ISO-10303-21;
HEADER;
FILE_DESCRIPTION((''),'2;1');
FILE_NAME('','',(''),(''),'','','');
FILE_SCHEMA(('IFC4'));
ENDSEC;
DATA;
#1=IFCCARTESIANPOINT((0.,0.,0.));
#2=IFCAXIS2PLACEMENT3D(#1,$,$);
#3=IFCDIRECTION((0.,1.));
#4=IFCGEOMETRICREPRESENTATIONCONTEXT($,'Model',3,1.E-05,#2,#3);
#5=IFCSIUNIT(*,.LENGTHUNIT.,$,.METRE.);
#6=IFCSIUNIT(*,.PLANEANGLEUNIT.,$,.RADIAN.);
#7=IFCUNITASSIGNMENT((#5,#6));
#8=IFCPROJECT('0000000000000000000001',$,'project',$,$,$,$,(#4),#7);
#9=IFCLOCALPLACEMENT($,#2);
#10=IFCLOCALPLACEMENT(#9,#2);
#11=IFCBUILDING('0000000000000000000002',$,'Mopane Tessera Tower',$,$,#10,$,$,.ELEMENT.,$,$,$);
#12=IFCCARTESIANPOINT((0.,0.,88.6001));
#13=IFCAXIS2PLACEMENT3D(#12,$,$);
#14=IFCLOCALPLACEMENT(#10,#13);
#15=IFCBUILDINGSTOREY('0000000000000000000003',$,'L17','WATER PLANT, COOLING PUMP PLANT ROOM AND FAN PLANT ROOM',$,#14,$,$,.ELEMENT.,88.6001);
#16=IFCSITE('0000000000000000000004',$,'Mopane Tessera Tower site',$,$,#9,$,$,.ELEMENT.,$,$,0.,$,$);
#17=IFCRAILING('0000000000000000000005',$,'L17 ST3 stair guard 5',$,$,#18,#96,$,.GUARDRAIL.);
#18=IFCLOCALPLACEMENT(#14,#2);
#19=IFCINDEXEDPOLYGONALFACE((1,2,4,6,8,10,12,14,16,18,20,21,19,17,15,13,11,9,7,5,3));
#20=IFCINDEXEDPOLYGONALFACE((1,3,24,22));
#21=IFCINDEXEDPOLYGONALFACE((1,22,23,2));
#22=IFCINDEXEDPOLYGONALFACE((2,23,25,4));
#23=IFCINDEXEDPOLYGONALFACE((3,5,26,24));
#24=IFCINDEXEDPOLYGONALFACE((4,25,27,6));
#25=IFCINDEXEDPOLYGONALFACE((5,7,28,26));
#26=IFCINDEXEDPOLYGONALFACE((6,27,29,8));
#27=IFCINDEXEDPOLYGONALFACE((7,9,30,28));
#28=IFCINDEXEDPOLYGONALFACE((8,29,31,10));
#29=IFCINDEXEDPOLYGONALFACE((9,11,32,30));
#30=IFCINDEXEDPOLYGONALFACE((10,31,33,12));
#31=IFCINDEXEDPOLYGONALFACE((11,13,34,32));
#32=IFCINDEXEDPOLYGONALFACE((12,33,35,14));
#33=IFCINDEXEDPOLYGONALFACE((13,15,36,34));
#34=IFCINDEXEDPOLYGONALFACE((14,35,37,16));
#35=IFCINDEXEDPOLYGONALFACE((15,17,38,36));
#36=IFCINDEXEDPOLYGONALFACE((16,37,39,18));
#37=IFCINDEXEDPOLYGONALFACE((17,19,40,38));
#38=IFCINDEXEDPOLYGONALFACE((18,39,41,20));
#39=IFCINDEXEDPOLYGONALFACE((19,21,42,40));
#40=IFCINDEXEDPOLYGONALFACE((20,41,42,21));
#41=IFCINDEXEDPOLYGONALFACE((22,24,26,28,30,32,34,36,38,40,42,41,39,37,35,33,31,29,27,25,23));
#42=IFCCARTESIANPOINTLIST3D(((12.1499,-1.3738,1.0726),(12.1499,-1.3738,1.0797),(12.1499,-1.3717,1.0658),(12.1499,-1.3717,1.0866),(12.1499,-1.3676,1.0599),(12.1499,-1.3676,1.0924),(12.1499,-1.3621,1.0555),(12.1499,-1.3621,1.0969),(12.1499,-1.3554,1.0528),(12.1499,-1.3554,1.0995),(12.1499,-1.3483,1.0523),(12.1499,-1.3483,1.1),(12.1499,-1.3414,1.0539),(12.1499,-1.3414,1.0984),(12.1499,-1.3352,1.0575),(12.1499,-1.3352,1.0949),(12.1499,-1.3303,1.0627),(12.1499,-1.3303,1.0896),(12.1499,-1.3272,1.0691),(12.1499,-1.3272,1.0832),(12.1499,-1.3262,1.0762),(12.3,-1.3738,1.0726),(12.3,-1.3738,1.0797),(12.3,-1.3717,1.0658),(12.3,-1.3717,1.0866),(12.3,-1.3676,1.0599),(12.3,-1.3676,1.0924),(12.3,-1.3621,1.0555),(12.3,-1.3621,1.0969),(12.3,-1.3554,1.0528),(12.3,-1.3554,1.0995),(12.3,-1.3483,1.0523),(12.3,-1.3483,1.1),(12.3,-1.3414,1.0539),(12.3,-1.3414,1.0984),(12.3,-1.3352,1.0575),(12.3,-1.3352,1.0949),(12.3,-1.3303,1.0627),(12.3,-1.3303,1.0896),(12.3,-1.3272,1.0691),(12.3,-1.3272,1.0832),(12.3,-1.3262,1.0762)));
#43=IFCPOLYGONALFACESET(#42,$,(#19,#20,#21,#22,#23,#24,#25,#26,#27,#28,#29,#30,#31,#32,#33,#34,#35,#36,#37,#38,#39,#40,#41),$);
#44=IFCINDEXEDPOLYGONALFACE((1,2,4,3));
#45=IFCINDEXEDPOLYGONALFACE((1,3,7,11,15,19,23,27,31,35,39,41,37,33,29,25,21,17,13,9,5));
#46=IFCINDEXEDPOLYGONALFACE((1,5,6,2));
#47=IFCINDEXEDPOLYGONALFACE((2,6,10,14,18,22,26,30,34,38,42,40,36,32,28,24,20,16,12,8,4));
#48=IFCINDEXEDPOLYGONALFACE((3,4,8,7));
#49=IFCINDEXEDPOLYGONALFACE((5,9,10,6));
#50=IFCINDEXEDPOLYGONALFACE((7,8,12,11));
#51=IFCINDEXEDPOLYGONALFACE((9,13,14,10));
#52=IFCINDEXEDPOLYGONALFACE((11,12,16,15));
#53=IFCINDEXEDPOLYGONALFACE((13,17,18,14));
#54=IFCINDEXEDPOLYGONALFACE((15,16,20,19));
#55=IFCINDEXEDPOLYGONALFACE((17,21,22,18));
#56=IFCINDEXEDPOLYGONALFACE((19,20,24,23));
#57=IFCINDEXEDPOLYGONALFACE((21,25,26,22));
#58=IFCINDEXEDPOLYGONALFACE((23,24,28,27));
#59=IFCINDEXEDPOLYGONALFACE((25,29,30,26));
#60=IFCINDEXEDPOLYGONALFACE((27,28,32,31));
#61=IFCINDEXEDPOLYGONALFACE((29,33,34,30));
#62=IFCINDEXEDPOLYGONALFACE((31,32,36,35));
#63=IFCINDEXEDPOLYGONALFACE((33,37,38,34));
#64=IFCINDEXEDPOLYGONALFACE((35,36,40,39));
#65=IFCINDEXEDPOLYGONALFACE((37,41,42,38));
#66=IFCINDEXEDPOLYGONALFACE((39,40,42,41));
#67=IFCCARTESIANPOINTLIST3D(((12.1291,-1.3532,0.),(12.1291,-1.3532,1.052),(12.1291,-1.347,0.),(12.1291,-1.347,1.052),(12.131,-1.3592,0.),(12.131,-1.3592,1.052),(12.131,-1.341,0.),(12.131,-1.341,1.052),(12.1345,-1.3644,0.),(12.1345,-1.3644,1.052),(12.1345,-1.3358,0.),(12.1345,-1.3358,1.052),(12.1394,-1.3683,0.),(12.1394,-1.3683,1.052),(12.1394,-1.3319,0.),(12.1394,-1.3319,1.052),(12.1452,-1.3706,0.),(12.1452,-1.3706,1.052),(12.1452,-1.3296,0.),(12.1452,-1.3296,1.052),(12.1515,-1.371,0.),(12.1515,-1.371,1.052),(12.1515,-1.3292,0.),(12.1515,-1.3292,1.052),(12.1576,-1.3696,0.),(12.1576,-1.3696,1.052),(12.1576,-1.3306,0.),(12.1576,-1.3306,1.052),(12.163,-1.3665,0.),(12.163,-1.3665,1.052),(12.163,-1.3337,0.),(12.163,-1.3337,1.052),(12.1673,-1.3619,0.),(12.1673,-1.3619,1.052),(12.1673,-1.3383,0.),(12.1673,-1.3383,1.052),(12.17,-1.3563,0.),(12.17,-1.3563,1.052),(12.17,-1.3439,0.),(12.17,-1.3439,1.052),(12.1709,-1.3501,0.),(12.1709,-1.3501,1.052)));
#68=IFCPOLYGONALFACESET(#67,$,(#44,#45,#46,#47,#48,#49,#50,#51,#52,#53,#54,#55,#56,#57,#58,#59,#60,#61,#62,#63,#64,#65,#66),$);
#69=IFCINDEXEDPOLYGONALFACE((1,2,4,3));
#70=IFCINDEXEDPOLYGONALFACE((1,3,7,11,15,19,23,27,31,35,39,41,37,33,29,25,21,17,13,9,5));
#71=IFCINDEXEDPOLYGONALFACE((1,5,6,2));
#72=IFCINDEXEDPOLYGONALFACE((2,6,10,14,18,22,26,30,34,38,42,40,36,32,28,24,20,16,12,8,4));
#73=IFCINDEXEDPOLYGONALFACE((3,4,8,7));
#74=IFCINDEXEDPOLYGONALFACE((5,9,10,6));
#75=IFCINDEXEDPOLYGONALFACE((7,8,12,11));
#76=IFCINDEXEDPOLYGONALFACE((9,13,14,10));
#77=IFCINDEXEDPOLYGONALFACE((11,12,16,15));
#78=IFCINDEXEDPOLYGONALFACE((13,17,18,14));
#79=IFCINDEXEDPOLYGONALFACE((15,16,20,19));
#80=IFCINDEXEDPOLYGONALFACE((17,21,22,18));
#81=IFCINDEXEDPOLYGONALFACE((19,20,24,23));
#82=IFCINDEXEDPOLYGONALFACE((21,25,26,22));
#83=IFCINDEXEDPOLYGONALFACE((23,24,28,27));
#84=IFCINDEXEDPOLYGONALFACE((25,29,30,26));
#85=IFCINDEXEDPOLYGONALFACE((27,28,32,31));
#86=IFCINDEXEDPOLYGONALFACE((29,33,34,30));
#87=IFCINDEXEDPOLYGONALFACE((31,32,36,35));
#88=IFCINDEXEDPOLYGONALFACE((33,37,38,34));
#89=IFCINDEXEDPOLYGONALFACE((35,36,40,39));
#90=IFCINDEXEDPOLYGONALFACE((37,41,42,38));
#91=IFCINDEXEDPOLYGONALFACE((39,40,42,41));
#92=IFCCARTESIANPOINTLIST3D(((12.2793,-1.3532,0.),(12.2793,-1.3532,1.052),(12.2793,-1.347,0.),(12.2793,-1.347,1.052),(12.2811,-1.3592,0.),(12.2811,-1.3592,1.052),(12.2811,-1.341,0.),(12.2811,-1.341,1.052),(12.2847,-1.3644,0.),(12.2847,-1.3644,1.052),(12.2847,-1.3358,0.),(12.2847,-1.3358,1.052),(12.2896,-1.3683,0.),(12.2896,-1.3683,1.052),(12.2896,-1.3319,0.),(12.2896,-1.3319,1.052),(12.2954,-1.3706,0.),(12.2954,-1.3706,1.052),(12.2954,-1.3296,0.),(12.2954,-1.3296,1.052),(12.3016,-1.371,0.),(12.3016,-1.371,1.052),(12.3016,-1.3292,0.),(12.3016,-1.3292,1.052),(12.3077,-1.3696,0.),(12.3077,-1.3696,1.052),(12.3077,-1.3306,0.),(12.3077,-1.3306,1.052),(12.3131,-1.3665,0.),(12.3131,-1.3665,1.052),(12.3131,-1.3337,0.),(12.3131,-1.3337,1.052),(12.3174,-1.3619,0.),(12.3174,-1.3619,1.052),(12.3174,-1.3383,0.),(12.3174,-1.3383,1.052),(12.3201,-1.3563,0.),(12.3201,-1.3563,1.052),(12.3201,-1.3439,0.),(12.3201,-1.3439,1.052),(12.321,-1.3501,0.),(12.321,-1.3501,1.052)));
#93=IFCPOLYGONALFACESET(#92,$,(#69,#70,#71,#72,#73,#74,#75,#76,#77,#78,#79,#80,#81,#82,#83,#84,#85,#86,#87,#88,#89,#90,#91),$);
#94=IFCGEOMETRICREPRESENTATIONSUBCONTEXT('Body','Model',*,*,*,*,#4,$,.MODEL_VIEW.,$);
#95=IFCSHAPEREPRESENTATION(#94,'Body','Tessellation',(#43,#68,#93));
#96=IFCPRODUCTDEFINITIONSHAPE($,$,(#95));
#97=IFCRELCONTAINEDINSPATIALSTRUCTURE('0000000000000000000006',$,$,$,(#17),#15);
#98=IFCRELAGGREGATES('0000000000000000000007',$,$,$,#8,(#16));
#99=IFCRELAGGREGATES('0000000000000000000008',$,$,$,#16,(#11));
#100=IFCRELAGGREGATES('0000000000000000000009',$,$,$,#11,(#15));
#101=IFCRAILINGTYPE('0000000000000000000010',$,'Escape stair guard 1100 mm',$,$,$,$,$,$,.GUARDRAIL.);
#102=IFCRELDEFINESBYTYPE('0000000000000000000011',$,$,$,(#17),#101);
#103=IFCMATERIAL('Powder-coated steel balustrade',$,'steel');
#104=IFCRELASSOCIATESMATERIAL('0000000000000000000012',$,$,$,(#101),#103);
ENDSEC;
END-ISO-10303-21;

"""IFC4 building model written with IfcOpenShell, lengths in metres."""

from ifc_helpers import new_model, si_unit, direction, frame, origin, origin_2d, place, context, subcontext, project, spatial, circle, extrude, material, type_object, element, save


model = new_model("IFC4")

# Units and contexts
model_context = context("Model", 3, precision=1e-05, world=origin(), true_north=direction((0.0, 1.0)))
body_context = subcontext(model_context, "Body", "Model", "MODEL_VIEW")
ifc_project = project(units=[si_unit("LENGTHUNIT", "METRE"), si_unit("PLANEANGLEUNIT", "RADIAN")], contexts=[model_context])

# Site, building, storey
site_placement = place(None, origin())
site = spatial("IfcSite", under=ifc_project, at=site_placement, Name="Mopane Tessera Tower site", CompositionType="ELEMENT", RefElevation=0.0)
building_placement = place(site_placement, origin())
building = spatial("IfcBuilding", under=site, at=building_placement, Name="Mopane Tessera Tower", CompositionType="ELEMENT")
storey_placement = place(building_placement, frame((0.0, 0.0, 88.6001)))
storey = spatial("IfcBuildingStorey", under=building, at=storey_placement, Name="L17", Description="WATER PLANT, COOLING PUMP PLANT ROOM AND FAN PLANT ROOM", CompositionType="ELEMENT", Elevation=88.6001)

# Railing
ifc_material_1 = material(Name="Powder-coated steel balustrade", Category="steel")
railing_type_1 = type_object("IfcRailingType", Name="Escape stair guard 1100 mm", PredefinedType="GUARDRAIL", material=ifc_material_1)
railing_1_placement = place(storey_placement, frame((12.1499, -1.3501, 0.0)))
element("IfcRailing", 1, at=railing_1_placement, inside=storey, type_object=railing_type_1, Name="L17 ST3 stair guard 5", PredefinedType="GUARDRAIL", context=body_context, shape_type="SweptSolid", body=[
    extrude(circle(Radius=0.0239, at=origin_2d()), frame((0.0, 0.0, 1.0762), z_axis=(1.0, 0.0, 0.0), x_axis=(0.0, 1.0, 0.0)), (0.0, 0.0, 1.0), 0.1501),
    extrude(circle(Radius=0.021, at=origin_2d()), origin(), (0.0, 0.0, 1.0), 1.052),
    extrude(circle(Radius=0.021, at=origin_2d()), frame((0.1501, 0.0, 0.0)), (0.0, 0.0, 1.0), 1.052),
])

save(model, "model.ifc")
